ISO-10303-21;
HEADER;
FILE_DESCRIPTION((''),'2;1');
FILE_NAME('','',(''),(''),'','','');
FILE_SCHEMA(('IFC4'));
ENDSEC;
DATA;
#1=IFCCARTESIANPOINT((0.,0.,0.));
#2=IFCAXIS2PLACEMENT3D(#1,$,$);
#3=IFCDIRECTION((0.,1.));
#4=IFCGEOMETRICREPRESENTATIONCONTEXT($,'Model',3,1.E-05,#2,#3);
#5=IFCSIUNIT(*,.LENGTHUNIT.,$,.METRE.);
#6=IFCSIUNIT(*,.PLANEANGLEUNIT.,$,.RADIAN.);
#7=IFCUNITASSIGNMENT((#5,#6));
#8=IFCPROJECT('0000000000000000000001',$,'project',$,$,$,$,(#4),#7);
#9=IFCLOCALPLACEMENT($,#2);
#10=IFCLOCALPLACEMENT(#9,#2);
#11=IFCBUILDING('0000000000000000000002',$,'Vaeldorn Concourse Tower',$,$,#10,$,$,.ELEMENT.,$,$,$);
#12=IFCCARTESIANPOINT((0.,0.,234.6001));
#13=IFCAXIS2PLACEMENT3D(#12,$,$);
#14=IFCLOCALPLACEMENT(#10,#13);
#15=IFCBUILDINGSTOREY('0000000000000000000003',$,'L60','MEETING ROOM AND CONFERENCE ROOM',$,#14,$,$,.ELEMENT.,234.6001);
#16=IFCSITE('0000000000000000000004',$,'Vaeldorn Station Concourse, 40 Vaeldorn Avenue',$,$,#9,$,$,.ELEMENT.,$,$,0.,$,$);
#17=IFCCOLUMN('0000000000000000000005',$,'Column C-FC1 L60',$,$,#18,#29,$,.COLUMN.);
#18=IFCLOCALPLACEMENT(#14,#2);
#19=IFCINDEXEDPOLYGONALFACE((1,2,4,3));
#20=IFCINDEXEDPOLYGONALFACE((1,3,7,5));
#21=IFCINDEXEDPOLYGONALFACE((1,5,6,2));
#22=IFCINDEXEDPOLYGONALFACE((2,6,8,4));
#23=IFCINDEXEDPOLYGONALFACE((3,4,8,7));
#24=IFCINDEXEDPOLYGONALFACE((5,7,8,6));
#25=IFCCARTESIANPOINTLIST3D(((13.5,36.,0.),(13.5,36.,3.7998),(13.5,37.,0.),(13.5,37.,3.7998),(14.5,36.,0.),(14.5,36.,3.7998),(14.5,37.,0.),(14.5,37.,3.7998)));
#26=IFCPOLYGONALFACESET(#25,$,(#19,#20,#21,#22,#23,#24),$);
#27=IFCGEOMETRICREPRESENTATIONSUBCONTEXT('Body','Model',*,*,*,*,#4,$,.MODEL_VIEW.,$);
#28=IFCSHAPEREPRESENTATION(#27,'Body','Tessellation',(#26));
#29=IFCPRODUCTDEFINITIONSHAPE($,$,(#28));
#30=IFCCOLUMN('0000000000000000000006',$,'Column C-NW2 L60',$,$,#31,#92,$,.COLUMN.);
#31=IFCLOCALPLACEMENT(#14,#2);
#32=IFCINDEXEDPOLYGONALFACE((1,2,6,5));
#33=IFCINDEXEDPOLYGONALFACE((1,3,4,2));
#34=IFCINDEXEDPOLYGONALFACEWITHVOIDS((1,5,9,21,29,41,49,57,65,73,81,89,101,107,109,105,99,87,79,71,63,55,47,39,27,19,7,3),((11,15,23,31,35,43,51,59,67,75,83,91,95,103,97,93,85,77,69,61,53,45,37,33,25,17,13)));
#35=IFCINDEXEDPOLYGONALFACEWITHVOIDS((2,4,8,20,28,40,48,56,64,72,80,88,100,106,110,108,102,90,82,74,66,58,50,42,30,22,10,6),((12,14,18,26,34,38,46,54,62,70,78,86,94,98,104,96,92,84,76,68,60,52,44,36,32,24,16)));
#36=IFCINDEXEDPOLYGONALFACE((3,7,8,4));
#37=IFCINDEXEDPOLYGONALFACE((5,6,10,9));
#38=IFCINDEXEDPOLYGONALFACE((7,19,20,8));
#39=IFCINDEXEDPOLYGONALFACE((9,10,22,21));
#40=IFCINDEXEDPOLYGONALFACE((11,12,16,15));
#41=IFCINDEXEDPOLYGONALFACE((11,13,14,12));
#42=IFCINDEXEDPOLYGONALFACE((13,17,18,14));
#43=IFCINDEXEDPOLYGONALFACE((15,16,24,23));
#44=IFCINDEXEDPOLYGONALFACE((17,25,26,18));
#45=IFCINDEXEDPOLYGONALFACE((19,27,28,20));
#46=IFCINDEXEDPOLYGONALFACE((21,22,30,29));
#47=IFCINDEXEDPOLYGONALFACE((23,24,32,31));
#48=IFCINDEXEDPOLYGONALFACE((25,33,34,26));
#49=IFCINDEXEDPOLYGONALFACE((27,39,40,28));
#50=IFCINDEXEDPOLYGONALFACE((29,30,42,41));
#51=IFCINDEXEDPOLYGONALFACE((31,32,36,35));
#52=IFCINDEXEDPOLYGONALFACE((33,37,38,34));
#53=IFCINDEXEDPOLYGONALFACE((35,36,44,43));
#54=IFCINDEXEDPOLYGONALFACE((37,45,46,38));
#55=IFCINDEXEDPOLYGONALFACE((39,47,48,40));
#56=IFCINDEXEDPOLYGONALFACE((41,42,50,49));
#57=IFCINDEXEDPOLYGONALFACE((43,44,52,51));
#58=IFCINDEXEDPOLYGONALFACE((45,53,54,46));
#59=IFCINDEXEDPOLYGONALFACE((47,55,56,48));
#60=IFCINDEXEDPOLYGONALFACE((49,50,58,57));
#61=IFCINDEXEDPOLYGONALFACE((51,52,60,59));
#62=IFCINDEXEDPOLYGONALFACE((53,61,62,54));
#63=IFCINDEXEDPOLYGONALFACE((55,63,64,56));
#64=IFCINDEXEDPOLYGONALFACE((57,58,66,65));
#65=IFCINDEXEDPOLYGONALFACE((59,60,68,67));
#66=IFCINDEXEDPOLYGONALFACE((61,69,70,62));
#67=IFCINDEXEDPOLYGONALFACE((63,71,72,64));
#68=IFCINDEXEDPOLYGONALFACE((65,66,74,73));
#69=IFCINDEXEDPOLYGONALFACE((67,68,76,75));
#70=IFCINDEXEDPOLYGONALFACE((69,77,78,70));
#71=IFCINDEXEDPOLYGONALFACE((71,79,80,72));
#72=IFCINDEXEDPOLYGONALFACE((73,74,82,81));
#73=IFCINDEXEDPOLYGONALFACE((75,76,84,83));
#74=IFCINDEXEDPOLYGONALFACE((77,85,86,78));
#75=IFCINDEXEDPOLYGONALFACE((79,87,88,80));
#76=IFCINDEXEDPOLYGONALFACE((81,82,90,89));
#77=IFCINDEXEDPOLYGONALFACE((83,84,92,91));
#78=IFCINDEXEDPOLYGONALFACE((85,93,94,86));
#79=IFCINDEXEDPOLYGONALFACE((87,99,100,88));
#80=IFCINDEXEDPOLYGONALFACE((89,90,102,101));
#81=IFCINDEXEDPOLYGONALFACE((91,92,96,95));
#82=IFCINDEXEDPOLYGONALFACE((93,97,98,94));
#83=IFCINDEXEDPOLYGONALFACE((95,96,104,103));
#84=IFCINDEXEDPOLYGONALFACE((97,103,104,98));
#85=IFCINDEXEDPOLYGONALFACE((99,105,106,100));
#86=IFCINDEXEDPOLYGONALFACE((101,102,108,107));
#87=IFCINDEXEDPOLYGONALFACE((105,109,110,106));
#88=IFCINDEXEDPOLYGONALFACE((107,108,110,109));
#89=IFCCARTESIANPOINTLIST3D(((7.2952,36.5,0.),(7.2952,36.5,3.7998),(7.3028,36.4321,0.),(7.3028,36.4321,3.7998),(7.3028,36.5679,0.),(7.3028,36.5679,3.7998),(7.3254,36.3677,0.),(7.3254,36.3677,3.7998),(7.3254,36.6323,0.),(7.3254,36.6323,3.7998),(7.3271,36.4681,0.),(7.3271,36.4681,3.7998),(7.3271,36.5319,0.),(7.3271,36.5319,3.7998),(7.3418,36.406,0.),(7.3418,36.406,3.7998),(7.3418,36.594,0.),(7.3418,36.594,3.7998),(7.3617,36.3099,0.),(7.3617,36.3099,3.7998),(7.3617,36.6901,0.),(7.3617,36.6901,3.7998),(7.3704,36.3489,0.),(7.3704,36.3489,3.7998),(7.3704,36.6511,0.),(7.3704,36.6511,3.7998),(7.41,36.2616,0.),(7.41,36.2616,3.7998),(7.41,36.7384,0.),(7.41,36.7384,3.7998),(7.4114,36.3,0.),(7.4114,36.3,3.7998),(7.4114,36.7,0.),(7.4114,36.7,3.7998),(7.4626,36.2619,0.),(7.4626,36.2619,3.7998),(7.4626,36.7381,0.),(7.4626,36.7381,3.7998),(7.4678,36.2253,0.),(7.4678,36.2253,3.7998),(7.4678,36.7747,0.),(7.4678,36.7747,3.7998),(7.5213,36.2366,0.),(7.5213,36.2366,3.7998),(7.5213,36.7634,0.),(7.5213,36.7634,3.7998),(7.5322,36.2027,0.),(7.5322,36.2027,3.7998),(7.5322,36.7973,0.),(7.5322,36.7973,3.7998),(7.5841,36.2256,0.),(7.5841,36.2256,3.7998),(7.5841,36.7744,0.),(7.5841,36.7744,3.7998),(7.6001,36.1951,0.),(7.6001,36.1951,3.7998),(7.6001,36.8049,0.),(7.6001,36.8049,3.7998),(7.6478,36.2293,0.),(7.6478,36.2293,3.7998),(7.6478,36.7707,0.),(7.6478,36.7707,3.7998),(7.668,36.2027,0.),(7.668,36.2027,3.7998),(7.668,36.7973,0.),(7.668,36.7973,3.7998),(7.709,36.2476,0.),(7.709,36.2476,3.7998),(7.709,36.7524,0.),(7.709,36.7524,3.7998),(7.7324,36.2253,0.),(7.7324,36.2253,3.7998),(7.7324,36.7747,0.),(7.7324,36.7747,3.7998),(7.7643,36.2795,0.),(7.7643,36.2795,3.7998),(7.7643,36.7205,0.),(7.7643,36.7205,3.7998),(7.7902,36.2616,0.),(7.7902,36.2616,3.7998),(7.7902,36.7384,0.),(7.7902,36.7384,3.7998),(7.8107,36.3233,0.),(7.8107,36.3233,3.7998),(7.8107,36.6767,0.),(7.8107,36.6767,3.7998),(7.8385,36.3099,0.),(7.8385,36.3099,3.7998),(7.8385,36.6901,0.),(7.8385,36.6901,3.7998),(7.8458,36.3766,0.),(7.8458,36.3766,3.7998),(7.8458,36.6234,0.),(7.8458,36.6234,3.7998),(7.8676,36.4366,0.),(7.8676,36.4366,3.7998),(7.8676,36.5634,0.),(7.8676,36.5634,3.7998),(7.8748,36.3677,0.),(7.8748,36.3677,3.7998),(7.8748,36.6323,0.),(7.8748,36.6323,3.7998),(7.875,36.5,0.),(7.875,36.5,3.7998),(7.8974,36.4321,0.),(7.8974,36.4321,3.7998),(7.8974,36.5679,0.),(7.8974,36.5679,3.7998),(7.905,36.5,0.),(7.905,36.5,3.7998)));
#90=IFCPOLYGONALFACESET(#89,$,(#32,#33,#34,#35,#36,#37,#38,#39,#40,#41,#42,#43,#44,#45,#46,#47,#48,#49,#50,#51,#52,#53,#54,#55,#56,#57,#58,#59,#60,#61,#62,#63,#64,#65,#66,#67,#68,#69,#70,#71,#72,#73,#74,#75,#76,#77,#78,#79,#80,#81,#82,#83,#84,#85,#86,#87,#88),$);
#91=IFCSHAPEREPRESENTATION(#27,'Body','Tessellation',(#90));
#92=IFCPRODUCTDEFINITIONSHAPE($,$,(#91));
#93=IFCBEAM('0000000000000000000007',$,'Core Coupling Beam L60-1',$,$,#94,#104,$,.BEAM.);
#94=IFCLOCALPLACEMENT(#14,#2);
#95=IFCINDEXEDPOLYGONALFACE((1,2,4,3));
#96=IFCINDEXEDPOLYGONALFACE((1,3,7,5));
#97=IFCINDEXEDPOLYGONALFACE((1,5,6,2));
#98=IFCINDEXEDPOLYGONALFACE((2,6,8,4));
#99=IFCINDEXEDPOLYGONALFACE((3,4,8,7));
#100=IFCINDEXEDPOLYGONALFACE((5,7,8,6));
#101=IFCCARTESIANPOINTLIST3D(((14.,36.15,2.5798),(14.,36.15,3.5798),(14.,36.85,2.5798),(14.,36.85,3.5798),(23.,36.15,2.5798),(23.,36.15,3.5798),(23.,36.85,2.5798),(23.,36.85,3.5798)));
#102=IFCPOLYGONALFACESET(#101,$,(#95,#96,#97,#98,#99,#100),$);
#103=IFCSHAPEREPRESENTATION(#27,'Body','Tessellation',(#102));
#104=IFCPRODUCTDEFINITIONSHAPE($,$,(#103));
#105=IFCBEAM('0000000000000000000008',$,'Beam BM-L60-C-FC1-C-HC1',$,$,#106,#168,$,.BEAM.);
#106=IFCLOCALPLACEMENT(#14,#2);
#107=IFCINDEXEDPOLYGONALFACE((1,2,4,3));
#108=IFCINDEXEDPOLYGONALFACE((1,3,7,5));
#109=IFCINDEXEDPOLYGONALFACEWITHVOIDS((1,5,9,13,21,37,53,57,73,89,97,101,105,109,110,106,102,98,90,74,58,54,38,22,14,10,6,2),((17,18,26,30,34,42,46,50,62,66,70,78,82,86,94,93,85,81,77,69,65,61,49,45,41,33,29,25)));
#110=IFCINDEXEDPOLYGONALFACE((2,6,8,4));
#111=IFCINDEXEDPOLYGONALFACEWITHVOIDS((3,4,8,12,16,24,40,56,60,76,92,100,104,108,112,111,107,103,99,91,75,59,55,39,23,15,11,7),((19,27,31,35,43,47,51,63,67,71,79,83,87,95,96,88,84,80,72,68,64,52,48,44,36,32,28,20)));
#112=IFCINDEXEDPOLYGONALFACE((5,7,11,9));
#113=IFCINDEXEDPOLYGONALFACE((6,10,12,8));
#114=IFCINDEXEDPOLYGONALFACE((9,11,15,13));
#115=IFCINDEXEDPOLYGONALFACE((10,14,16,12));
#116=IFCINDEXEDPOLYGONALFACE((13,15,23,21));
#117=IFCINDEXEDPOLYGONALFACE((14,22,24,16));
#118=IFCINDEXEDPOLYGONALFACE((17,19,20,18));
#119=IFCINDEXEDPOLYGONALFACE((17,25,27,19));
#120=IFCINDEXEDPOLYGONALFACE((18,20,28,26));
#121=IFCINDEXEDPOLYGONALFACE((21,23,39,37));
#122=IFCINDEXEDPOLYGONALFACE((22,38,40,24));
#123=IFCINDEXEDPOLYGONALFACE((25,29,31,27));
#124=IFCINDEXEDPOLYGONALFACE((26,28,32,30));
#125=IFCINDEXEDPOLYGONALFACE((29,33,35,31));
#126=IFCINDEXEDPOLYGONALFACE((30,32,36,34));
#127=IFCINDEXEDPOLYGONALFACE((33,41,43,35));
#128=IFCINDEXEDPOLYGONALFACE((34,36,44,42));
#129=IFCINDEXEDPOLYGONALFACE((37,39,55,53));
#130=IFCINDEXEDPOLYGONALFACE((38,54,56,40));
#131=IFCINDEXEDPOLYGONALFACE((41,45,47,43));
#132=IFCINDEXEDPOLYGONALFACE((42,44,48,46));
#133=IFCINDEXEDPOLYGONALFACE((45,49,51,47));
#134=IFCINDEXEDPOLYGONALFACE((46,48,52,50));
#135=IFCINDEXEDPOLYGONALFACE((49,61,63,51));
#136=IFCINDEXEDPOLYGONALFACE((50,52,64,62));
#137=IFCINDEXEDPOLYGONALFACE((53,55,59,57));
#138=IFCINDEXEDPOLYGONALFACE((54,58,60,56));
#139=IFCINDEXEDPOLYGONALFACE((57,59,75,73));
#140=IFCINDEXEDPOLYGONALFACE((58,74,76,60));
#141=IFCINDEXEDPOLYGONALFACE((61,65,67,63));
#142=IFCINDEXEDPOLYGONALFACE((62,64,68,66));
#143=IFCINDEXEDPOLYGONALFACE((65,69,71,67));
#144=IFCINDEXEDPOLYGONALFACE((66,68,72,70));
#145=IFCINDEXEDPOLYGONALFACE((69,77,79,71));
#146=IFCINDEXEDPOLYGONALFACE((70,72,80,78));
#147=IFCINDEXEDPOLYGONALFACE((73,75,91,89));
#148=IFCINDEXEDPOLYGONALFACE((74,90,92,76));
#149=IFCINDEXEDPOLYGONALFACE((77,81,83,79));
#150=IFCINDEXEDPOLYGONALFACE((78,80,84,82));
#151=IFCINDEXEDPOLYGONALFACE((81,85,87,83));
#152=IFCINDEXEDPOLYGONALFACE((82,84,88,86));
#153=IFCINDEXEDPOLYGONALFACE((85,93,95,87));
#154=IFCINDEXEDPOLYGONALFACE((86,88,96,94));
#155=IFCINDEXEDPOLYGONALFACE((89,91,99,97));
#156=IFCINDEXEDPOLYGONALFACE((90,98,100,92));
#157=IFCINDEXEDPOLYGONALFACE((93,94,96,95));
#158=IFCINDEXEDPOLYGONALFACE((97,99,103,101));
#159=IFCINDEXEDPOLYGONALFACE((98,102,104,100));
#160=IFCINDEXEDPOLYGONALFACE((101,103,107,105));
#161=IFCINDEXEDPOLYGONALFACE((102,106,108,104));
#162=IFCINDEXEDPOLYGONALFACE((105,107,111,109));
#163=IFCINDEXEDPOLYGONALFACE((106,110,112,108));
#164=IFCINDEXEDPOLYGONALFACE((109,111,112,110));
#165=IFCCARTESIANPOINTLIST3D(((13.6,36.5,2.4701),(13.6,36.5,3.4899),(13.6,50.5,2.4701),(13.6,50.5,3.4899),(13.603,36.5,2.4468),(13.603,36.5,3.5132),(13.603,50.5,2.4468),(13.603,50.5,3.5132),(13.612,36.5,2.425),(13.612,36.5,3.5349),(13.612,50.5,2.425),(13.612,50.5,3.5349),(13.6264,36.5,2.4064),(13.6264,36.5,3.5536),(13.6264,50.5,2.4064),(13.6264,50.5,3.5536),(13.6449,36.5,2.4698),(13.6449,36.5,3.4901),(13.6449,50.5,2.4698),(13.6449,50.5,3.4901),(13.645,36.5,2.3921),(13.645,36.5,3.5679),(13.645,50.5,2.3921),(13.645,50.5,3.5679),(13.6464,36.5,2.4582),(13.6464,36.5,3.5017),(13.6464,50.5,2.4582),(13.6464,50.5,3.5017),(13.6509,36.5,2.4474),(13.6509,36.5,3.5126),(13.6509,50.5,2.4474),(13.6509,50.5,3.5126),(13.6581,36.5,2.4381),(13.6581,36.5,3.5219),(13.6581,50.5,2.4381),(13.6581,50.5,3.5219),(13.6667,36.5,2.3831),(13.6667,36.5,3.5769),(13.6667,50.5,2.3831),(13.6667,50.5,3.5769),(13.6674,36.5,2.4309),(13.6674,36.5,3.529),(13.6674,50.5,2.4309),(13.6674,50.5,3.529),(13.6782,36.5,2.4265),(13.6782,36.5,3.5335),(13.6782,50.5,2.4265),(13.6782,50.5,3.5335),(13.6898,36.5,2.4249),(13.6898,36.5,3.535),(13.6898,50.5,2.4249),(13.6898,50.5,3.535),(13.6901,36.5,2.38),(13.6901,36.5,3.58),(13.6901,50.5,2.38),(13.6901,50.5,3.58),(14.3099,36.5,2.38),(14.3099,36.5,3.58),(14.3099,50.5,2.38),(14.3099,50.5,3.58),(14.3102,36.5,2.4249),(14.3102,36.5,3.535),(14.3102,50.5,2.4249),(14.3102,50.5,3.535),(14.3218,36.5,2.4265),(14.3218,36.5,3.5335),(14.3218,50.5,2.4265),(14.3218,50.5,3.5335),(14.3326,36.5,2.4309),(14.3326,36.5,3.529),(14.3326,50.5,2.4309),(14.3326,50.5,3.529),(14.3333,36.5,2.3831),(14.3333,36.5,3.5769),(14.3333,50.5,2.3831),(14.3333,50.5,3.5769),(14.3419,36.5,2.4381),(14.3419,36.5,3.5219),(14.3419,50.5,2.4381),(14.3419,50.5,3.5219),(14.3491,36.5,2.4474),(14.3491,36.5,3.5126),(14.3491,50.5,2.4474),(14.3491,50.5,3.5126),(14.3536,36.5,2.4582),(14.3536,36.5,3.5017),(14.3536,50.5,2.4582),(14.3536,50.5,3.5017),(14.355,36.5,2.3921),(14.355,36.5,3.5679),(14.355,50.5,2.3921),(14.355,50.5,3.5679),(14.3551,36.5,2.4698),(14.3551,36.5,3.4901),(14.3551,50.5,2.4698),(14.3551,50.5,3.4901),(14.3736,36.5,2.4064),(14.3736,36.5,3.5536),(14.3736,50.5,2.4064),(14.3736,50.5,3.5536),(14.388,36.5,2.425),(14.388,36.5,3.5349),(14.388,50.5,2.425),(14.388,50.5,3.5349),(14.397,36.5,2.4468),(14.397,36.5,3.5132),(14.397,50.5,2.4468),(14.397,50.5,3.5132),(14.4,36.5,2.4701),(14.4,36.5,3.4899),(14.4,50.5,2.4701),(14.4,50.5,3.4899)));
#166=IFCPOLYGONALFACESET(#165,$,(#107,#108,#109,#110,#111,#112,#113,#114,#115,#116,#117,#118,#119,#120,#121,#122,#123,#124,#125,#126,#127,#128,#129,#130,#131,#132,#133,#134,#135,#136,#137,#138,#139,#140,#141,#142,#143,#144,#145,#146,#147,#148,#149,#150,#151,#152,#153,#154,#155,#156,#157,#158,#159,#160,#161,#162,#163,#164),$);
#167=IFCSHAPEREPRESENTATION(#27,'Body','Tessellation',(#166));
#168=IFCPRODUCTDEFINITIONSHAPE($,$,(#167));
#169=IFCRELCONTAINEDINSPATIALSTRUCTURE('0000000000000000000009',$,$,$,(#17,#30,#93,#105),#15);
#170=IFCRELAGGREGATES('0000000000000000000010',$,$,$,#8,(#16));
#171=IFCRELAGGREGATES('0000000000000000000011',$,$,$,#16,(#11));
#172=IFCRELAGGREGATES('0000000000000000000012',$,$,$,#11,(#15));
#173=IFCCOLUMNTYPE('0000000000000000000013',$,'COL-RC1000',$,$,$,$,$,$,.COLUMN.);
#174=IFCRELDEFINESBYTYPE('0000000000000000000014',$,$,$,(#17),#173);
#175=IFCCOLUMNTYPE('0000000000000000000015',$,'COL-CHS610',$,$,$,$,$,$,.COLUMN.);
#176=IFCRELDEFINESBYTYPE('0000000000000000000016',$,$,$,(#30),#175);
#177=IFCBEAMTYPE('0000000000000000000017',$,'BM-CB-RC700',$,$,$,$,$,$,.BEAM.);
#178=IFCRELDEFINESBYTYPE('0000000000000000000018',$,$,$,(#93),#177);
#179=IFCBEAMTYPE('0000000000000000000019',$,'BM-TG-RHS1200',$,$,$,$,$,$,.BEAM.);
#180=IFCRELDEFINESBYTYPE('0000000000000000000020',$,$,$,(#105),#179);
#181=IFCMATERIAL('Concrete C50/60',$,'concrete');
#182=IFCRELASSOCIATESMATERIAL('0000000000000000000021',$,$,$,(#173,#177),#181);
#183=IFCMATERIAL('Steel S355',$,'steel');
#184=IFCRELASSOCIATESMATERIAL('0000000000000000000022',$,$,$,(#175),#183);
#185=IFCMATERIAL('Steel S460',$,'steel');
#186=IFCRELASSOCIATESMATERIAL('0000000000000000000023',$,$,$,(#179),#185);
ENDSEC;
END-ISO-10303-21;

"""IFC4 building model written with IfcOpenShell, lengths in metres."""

from ifc_helpers import new_model, si_unit, direction, frame, origin, origin_2d, place, context, subcontext, project, spatial, rectangle, hollow_rectangle, hollow_circle, extrude, source, transform, mapped, material, material_profile, profile_set, type_object, element, save


model = new_model("IFC4")

# Units and contexts
model_context = context("Model", 3, precision=1e-05, world=origin(), true_north=direction((0.0, 1.0)))
body_context = subcontext(model_context, "Body", "Model", "MODEL_VIEW")
ifc_project = project(units=[si_unit("LENGTHUNIT", "METRE"), si_unit("PLANEANGLEUNIT", "RADIAN")], contexts=[model_context])

# Site, building, storey
site_placement = place(None, origin())
site = spatial("IfcSite", under=ifc_project, at=site_placement, Name="Vaeldorn Station Concourse, 40 Vaeldorn Avenue", CompositionType="ELEMENT", RefElevation=0.0)
building_placement = place(site_placement, origin())
building = spatial("IfcBuilding", under=site, at=building_placement, Name="Vaeldorn Concourse Tower", CompositionType="ELEMENT")
storey_placement = place(building_placement, frame((0.0, 0.0, 234.6001)))
storey = spatial("IfcBuildingStorey", under=building, at=storey_placement, Name="L60", Description="MEETING ROOM AND CONFERENCE ROOM", CompositionType="ELEMENT", Elevation=234.6001)

# Columns
ifc_material_1 = material(Name="Concrete C50/60", Category="concrete")
ifc_material_profile_1 = material_profile(ifc_material_1, rectangle(XDim=1.0, YDim=1.0, at=origin_2d()), Name="RC 1000x1000")
ifc_profile_set_1 = profile_set([ifc_material_profile_1], Name="Concrete C50/60")
column_type_1 = type_object("IfcColumnType", Name="COL-RC1000", PredefinedType="COLUMN", material=ifc_profile_set_1)
shared_shape_1 = source(origin(), body_context, "Body", "SweptSolid", [
    extrude(rectangle(XDim=1.0, YDim=1.0, at=origin_2d()), origin(), (0.0, 0.0, 1.0), 3.7998),
])
column_1_placement = place(storey_placement, frame((14.0, 36.5, 0.0), z_axis=(0.0, 0.0, 1.0), x_axis=(1.0, 0.0, 0.0)))
element("IfcColumn", 1, at=column_1_placement, inside=storey, type_object=column_type_1, Name="Column C-FC1 L60", PredefinedType="COLUMN", context=body_context, shape_type="MappedRepresentation", body=[
    mapped(shared_shape_1, transform((0.0, 0.0, 0.0), scale=1.0)),
])
ifc_material_2 = material(Name="Steel S355", Category="steel")
ifc_material_profile_2 = material_profile(ifc_material_2, hollow_circle(Radius=0.3049, WallThickness=0.03, at=origin_2d()), Name="CHS 610x30")
ifc_profile_set_2 = profile_set([ifc_material_profile_2], Name="Steel S355")
column_type_2 = type_object("IfcColumnType", Name="COL-CHS610", PredefinedType="COLUMN", material=ifc_profile_set_2)
shared_shape_2 = source(origin(), body_context, "Body", "SweptSolid", [
    extrude(hollow_circle(Radius=0.3049, WallThickness=0.03, at=origin_2d()), origin(), (0.0, 0.0, 1.0), 3.7998),
])
column_2_placement = place(storey_placement, frame((7.6001, 36.5, 0.0), z_axis=(0.0, 0.0, 1.0), x_axis=(1.0, 0.0, 0.0)))
element("IfcColumn", 2, at=column_2_placement, inside=storey, type_object=column_type_2, Name="Column C-NW2 L60", PredefinedType="COLUMN", context=body_context, shape_type="MappedRepresentation", body=[
    mapped(shared_shape_2, transform((0.0, 0.0, 0.0), scale=1.0)),
])

# Beams
ifc_material_profile_3 = material_profile(ifc_material_1, rectangle(XDim=0.7, YDim=1.0, at=origin_2d()), Name="RC 700x1000")
ifc_profile_set_3 = profile_set([ifc_material_profile_3], Name="Concrete C50/60")
beam_type_1 = type_object("IfcBeamType", Name="BM-CB-RC700", PredefinedType="BEAM", material=ifc_profile_set_3)
shared_shape_3 = source(origin(), body_context, "Body", "SweptSolid", [
    extrude(rectangle(XDim=0.7, YDim=1.0, at=origin_2d()), origin(), (0.0, 0.0, 1.0), 9.0),
])
beam_1_placement = place(storey_placement, frame((14.0, 36.5, 3.0798), z_axis=(1.0, 0.0, 0.0), x_axis=(0.0, 1.0, 0.0)))
element("IfcBeam", 3, at=beam_1_placement, inside=storey, type_object=beam_type_1, Name="Core Coupling Beam L60-1", PredefinedType="BEAM", context=body_context, shape_type="MappedRepresentation", body=[
    mapped(shared_shape_3, transform((0.0, 0.0, 0.0), scale=1.0)),
])
ifc_material_3 = material(Name="Steel S460", Category="steel")
ifc_material_profile_4 = material_profile(ifc_material_3, hollow_rectangle(XDim=0.8, YDim=1.2, WallThickness=0.0449, InnerFilletRadius=0.0449, OuterFilletRadius=0.0901, at=origin_2d()), Name="RHS 1200x800x45")
ifc_profile_set_4 = profile_set([ifc_material_profile_4], Name="Steel S460")
beam_type_2 = type_object("IfcBeamType", Name="BM-TG-RHS1200", PredefinedType="BEAM", material=ifc_profile_set_4)
shared_shape_4 = source(origin(), body_context, "Body", "SweptSolid", [
    extrude(hollow_rectangle(XDim=0.8, YDim=1.2, WallThickness=0.0449, InnerFilletRadius=0.0449, OuterFilletRadius=0.0901, at=origin_2d()), origin(), (0.0, 0.0, 1.0), 14.0),
])
beam_2_placement = place(storey_placement, frame((14.0, 36.5, 2.98), z_axis=(0.0, 1.0, 0.0), x_axis=(-1.0, 0.0, 0.0)))
element("IfcBeam", 4, at=beam_2_placement, inside=storey, type_object=beam_type_2, Name="Beam BM-L60-C-FC1-C-HC1", PredefinedType="BEAM", context=body_context, shape_type="MappedRepresentation", body=[
    mapped(shared_shape_4, transform((0.0, 0.0, 0.0), scale=1.0)),
])

save(model, "model.ifc")
